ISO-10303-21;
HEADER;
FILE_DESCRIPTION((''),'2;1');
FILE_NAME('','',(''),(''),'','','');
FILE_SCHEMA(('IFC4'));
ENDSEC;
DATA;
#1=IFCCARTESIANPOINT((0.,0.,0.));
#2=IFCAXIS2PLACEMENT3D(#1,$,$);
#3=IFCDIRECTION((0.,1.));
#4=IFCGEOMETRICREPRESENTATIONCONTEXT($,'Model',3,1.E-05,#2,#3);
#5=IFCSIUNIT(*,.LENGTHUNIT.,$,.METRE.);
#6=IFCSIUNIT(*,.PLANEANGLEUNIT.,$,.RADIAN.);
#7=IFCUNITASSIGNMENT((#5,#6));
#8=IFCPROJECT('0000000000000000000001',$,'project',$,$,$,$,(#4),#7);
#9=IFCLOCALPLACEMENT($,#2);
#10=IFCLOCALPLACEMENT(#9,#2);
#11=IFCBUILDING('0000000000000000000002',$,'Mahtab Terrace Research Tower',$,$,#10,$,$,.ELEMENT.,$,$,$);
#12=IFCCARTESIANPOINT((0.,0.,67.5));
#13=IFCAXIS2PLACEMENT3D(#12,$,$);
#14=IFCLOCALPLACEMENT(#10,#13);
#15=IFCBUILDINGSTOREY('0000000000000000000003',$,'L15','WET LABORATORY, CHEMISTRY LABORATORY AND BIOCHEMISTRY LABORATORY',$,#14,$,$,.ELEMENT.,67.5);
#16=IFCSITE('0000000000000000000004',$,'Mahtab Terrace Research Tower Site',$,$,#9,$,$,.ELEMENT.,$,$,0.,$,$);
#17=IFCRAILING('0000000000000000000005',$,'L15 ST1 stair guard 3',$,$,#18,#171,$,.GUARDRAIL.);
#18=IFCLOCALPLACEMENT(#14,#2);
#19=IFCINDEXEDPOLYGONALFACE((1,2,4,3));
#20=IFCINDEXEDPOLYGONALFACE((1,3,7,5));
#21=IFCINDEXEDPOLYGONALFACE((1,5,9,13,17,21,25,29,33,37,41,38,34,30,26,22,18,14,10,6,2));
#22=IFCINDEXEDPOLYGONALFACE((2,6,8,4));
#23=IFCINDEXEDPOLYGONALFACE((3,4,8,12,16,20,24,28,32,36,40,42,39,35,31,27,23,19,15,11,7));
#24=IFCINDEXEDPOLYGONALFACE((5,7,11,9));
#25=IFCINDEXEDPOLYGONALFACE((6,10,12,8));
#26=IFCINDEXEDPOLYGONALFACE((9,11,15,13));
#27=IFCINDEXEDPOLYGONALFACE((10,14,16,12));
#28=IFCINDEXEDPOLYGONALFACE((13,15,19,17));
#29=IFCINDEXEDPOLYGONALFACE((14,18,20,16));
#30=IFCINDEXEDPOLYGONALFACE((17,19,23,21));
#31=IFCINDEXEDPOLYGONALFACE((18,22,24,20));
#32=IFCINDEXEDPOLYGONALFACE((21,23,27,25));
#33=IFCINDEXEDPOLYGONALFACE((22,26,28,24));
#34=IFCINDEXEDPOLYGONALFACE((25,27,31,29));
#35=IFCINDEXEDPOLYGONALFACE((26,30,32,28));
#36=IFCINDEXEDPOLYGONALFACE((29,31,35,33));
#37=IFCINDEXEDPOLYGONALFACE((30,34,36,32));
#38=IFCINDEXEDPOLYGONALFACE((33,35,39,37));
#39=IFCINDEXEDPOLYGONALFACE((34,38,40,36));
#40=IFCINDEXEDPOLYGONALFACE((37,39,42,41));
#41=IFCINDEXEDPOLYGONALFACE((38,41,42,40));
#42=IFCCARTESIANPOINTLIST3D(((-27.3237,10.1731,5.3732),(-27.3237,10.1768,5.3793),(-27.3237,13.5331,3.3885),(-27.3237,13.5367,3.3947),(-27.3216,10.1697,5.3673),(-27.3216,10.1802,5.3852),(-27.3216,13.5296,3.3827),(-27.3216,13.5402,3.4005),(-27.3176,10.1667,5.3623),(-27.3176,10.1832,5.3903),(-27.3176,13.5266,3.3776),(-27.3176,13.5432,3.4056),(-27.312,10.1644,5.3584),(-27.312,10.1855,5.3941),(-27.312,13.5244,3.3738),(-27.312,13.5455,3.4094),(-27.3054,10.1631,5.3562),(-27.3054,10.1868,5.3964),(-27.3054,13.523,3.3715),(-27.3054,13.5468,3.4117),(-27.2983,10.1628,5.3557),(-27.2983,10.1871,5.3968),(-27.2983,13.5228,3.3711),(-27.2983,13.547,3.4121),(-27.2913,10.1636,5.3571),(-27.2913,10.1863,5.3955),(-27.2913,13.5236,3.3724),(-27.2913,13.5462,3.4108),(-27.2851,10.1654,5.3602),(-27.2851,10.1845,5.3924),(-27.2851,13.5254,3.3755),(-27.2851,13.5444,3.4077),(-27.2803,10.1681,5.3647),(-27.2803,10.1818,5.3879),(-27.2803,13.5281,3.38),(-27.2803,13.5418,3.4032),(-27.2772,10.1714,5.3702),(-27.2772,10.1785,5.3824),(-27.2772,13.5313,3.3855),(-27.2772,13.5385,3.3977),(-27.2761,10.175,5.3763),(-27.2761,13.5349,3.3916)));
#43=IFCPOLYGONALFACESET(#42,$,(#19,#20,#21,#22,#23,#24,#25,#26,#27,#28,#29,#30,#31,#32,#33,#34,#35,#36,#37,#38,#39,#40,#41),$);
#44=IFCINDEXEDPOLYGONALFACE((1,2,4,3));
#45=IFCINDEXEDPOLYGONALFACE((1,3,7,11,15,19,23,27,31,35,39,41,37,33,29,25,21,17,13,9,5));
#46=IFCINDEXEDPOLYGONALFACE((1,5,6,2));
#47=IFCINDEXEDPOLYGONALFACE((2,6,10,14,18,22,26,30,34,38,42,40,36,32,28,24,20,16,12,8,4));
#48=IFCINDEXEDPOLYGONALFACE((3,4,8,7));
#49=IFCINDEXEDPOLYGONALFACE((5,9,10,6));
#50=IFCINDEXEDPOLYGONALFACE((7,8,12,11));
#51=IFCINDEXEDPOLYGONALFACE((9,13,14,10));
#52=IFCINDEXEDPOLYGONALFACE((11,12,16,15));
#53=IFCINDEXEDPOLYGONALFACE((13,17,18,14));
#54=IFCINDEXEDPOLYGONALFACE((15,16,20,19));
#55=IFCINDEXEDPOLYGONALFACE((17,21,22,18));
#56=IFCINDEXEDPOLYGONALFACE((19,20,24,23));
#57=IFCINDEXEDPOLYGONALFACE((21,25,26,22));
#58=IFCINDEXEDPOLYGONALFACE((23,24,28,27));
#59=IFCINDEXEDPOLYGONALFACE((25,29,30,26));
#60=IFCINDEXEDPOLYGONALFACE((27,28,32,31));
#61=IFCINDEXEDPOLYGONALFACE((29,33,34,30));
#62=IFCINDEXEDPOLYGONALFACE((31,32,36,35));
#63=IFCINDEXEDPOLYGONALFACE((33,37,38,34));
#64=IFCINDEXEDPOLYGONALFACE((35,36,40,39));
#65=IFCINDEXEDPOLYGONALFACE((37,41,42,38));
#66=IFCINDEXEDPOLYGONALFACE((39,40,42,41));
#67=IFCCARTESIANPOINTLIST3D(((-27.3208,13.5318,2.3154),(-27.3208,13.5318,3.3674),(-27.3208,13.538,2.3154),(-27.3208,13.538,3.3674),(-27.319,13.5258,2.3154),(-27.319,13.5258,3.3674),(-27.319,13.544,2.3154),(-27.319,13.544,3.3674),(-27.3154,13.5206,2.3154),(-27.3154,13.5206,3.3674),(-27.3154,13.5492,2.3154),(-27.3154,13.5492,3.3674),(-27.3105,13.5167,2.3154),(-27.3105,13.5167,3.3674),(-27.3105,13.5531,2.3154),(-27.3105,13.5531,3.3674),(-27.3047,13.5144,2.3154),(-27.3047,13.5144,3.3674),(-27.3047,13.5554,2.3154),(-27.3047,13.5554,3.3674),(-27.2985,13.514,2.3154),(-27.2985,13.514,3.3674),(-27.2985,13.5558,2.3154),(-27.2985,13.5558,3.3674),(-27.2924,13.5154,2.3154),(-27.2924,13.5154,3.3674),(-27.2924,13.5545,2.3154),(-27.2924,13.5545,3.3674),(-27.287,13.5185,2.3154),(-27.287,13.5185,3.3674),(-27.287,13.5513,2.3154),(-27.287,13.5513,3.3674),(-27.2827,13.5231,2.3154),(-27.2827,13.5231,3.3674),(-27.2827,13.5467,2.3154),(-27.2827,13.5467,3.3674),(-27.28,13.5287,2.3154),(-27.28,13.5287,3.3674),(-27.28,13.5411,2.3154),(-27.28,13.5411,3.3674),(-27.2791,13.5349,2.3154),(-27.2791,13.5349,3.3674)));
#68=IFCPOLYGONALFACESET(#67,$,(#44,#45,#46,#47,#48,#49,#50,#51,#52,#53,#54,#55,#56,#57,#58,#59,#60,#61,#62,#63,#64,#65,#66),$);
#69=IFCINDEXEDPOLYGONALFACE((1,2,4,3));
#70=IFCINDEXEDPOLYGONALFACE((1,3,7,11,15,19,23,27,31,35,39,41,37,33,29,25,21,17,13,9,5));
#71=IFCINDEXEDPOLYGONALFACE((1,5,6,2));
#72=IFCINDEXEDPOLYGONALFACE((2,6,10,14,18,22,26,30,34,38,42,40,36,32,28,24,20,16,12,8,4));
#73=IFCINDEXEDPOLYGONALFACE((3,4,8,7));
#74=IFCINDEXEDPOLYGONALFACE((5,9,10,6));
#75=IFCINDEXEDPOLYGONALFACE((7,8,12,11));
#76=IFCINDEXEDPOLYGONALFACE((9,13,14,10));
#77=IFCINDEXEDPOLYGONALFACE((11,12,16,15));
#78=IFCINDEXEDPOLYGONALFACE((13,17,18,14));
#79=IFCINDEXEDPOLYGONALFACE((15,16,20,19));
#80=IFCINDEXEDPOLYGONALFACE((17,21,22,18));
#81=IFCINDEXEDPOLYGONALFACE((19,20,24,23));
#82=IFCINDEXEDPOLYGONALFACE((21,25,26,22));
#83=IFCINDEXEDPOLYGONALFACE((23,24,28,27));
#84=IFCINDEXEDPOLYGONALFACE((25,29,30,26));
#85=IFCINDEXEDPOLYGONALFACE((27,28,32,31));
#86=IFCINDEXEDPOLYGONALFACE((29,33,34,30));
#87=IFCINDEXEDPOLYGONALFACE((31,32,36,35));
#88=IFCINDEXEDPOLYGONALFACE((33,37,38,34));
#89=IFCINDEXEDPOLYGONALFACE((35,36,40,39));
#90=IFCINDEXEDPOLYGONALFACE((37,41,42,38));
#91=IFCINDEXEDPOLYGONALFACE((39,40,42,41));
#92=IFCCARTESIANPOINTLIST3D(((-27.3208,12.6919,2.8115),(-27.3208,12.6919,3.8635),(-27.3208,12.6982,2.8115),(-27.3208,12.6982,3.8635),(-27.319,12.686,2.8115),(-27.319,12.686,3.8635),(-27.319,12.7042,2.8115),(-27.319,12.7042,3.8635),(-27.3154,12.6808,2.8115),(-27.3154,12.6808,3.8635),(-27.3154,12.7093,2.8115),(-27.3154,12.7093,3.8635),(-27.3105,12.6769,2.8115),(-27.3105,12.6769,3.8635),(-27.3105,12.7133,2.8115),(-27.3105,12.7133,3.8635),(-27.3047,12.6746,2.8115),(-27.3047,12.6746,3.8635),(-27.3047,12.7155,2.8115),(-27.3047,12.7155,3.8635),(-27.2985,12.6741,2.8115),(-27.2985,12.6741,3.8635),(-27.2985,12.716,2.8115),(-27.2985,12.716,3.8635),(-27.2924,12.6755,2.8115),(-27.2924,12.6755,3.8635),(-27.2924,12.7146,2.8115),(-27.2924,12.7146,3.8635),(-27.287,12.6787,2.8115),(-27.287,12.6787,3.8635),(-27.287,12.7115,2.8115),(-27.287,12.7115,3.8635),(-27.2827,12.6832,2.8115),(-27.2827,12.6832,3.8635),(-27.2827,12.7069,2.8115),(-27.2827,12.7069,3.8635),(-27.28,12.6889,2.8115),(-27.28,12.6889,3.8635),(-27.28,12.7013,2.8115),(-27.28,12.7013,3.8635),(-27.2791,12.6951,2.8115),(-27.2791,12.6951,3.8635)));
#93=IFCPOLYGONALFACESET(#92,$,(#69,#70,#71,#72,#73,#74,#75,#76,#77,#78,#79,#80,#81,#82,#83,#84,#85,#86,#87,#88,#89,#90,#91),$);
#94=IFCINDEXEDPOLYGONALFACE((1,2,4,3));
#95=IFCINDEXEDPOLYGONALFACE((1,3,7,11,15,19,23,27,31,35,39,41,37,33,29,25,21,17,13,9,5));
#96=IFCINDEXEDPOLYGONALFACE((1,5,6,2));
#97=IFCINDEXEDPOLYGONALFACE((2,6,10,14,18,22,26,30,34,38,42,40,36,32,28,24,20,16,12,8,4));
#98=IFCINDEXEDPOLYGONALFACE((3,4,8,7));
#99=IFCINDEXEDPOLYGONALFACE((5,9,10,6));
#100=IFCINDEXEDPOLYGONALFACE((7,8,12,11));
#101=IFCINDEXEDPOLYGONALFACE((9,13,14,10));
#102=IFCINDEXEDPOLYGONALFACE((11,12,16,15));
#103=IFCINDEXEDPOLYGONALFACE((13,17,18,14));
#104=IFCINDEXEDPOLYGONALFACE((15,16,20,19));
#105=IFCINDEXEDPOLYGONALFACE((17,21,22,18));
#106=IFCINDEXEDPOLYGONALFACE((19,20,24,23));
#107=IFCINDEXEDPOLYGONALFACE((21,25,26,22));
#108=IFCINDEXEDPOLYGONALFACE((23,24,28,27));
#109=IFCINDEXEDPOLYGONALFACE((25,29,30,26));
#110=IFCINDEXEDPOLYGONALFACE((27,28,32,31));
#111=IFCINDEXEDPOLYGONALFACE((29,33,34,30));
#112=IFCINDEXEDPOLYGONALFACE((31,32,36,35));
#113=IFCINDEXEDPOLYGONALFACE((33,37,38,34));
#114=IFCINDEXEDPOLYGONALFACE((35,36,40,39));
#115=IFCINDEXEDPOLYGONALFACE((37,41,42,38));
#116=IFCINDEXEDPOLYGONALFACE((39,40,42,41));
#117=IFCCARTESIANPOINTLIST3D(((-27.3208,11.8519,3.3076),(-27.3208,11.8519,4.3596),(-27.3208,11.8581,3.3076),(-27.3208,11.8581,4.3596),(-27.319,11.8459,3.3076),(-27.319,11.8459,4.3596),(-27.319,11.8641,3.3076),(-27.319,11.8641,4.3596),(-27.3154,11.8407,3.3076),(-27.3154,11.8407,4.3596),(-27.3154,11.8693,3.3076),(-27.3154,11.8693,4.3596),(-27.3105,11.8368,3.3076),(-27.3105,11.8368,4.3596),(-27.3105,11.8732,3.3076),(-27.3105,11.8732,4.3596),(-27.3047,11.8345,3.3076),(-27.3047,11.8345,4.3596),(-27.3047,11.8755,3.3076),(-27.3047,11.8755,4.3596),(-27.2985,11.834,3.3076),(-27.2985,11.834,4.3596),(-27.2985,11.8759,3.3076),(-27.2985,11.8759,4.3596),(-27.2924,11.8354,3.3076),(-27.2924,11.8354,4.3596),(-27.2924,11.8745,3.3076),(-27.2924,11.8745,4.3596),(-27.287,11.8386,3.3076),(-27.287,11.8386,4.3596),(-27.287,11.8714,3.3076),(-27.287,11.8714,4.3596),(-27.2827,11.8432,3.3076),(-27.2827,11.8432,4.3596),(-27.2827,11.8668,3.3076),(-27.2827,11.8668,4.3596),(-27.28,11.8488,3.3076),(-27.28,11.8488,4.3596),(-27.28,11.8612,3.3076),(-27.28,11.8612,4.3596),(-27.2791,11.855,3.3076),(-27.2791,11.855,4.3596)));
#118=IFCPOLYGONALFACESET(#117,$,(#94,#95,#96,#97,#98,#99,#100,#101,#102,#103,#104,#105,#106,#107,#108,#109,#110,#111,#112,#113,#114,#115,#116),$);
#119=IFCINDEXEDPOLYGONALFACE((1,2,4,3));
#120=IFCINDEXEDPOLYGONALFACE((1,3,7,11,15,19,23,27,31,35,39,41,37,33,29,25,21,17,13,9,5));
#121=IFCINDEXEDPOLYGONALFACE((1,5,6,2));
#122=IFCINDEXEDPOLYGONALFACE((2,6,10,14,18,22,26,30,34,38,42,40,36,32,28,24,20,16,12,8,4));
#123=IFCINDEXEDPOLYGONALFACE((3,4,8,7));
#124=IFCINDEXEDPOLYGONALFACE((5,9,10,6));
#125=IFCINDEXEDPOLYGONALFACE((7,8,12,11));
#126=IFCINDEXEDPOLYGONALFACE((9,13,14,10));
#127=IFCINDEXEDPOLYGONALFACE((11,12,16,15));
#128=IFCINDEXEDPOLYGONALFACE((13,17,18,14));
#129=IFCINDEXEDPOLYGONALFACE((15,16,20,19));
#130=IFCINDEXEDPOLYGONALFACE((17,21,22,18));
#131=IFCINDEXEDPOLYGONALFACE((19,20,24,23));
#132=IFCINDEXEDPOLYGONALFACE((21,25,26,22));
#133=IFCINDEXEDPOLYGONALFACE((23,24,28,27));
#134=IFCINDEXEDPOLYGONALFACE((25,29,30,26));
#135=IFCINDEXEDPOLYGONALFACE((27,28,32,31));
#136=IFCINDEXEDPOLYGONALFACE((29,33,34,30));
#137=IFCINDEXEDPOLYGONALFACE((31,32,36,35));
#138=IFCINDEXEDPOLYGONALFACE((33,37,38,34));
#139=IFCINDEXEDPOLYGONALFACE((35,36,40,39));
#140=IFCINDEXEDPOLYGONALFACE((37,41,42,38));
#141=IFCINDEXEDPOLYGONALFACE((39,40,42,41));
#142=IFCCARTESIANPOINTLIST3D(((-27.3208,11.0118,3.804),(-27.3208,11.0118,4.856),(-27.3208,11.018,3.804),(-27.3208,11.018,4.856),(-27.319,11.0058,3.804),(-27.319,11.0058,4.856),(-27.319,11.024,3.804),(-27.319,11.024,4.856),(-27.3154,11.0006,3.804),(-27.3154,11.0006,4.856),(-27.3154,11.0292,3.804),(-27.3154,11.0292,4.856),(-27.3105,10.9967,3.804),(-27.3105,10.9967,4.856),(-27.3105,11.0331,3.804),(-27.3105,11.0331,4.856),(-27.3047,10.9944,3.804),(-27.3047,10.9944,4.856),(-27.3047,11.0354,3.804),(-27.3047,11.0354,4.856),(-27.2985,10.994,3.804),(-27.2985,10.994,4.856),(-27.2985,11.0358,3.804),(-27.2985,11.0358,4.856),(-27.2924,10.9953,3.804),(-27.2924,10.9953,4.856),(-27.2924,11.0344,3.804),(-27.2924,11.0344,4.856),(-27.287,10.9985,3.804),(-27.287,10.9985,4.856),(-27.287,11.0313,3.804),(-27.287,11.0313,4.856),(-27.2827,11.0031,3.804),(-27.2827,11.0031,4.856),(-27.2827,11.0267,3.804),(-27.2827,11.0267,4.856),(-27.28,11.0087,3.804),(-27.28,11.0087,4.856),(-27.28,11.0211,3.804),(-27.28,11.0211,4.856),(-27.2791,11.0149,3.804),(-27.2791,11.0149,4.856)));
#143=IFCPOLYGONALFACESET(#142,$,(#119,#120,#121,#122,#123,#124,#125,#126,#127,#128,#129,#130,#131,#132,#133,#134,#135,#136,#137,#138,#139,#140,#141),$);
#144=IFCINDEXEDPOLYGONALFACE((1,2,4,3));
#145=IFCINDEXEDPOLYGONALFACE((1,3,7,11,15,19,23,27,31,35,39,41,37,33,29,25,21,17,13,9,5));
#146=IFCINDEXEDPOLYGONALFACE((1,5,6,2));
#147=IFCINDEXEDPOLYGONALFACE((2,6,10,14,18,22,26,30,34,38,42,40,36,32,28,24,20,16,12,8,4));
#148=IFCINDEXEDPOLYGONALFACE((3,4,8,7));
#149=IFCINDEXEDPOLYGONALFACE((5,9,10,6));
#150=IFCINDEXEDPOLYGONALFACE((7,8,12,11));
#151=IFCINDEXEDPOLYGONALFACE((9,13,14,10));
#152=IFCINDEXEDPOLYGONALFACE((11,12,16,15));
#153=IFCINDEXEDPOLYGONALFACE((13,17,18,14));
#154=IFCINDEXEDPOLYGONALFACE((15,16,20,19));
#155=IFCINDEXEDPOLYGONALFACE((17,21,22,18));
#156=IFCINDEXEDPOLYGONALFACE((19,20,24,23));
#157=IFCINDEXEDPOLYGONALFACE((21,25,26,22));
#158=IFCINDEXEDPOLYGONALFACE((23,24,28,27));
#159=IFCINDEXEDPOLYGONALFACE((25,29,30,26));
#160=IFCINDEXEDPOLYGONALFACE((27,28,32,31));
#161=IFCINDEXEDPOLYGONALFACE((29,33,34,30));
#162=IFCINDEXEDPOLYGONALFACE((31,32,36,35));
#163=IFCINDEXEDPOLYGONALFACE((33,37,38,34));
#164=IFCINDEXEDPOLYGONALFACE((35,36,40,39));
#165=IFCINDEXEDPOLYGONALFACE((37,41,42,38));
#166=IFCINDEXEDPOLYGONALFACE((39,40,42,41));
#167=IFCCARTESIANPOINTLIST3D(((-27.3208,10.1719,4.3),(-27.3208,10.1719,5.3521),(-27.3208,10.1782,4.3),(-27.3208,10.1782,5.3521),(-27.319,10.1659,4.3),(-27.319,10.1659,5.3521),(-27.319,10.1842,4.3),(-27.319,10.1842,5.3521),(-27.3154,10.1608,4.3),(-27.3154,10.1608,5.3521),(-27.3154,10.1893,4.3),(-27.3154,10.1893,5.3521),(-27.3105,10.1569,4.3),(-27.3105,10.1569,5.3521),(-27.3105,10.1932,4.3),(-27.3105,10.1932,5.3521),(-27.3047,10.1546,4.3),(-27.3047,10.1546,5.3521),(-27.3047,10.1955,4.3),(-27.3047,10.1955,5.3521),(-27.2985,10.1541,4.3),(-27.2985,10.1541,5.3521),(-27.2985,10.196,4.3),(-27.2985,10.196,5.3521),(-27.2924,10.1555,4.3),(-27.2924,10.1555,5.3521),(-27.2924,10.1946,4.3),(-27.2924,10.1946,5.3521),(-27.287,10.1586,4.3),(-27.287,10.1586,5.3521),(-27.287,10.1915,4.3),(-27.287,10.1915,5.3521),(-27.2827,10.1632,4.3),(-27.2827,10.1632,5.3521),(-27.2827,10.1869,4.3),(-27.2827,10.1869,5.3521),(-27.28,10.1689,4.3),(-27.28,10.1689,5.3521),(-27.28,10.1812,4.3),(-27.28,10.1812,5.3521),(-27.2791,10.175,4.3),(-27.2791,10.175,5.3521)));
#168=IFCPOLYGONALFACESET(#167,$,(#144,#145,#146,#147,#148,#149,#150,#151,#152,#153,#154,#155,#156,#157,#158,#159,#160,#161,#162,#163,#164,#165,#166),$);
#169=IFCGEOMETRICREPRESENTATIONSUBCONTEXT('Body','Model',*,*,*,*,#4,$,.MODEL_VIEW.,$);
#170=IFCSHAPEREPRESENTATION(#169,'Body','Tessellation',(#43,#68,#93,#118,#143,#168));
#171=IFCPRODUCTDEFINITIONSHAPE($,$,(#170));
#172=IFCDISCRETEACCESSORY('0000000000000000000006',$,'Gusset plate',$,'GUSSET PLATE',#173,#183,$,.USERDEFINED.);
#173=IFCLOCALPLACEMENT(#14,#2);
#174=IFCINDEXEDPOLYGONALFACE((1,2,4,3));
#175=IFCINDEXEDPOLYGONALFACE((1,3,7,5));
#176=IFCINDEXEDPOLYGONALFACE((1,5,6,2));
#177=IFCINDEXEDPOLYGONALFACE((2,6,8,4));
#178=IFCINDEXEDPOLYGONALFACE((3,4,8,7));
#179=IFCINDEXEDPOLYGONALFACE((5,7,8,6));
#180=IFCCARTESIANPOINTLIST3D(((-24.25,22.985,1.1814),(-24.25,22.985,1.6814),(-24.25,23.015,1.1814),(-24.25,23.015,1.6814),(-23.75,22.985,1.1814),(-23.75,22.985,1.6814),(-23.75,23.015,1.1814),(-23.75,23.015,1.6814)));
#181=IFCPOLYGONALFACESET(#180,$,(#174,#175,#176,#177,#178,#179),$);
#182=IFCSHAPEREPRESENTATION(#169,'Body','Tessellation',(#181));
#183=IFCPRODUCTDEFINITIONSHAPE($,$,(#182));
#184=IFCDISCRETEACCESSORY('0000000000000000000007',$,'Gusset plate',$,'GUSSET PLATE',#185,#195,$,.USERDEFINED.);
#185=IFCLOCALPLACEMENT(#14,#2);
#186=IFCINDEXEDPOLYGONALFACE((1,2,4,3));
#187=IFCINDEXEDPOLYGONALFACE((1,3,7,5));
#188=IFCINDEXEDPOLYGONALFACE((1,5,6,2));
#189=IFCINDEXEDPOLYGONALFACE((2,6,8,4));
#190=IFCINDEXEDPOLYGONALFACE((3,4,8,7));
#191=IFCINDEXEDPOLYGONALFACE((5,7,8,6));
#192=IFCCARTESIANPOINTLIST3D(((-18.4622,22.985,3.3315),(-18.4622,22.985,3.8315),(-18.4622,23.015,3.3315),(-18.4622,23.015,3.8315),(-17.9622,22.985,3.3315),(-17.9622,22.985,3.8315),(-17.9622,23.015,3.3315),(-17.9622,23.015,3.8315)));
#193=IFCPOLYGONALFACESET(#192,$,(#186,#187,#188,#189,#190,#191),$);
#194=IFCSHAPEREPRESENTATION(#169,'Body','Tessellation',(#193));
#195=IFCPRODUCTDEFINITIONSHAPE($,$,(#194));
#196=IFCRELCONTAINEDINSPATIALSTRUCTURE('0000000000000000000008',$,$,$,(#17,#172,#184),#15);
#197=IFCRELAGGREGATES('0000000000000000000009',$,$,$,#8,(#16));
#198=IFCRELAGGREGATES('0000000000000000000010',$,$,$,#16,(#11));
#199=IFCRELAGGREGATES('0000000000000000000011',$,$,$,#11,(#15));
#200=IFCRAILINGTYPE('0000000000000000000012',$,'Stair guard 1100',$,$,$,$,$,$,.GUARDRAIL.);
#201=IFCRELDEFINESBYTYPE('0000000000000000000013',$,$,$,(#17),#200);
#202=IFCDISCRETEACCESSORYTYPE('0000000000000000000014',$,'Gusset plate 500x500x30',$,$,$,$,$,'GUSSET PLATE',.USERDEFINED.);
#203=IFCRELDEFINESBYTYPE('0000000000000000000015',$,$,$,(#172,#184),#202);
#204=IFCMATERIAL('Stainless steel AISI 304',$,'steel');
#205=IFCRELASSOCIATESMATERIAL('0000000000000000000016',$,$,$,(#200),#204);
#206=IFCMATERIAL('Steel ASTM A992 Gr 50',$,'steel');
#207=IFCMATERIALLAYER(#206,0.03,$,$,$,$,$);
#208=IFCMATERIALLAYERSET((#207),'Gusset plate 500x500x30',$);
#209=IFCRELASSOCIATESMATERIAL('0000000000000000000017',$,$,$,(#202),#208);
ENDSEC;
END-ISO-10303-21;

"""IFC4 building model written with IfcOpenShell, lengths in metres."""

from ifc_helpers import new_model, si_unit, direction, frame, origin, origin_2d, place, context, subcontext, project, spatial, rectangle, circle, extrude, material, layer, layer_set, type_object, element, save


model = new_model("IFC4")

# Units and contexts
model_context = context("Model", 3, precision=1e-05, world=origin(), true_north=direction((0.0, 1.0)))
body_context = subcontext(model_context, "Body", "Model", "MODEL_VIEW")
ifc_project = project(units=[si_unit("LENGTHUNIT", "METRE"), si_unit("PLANEANGLEUNIT", "RADIAN")], contexts=[model_context])

# Site, building, storey
site_placement = place(None, origin())
site = spatial("IfcSite", under=ifc_project, at=site_placement, Name="Mahtab Terrace Research Tower Site", CompositionType="ELEMENT", RefElevation=0.0)
building_placement = place(site_placement, origin())
building = spatial("IfcBuilding", under=site, at=building_placement, Name="Mahtab Terrace Research Tower", CompositionType="ELEMENT")
storey_placement = place(building_placement, frame((0.0, 0.0, 67.5)))
storey = spatial("IfcBuildingStorey", under=building, at=storey_placement, Name="L15", Description="WET LABORATORY, CHEMISTRY LABORATORY AND BIOCHEMISTRY LABORATORY", CompositionType="ELEMENT", Elevation=67.5)

# Shared definitions
ifc_material_1 = material(Name="Steel ASTM A992 Gr 50", Category="steel")

# Shared definitions
ifc_material_2 = material(Name="Stainless steel AISI 304", Category="steel")

# Railing
railing_type = type_object("IfcRailingType", Name="Stair guard 1100", PredefinedType="GUARDRAIL", material=ifc_material_2)
railing_1_placement = place(storey_placement, frame((-27.3, 13.5349, 2.3154)))
element("IfcRailing", 1, at=railing_1_placement, inside=storey, type_object=railing_type, Name="L15 ST1 stair guard 3", PredefinedType="GUARDRAIL", context=body_context, shape_type="SweptSolid", body=[
    extrude(circle(Radius=0.0239, at=origin_2d()), frame((0.0, 0.0, 1.0762), z_axis=(0.0, -0.861011, 0.508586), x_axis=(1.0, 0.0, 0.0)), (0.0, 0.0, 1.0), 3.9023),
    extrude(circle(Radius=0.021, at=origin_2d()), origin(), (0.0, 0.0, 1.0), 1.052),
    extrude(circle(Radius=0.021, at=origin_2d()), frame((0.0, -0.8398, 0.4961)), (0.0, 0.0, 1.0), 1.052),
    extrude(circle(Radius=0.021, at=origin_2d()), frame((0.0, -1.6799, 0.9922)), (0.0, 0.0, 1.0), 1.052),
    extrude(circle(Radius=0.021, at=origin_2d()), frame((0.0, -2.52, 1.4885)), (0.0, 0.0, 1.0), 1.052),
    extrude(circle(Radius=0.021, at=origin_2d()), frame((0.0, -3.3599, 1.9846)), (0.0, 0.0, 1.0), 1.052),
])

# Discrete accessories
ifc_layer_1 = layer(ifc_material_1, 0.03)
ifc_layer_set_1 = layer_set([ifc_layer_1], Name="Gusset plate 500x500x30")
discrete_accessory_type = type_object("IfcDiscreteAccessoryType", Name="Gusset plate 500x500x30", ElementType="GUSSET PLATE", PredefinedType="USERDEFINED", material=ifc_layer_set_1)
for number, where, z_axis, x_axis, name in (
    (2, (-24.0, 23.0, 1.1814), (0.0, 0.0, 1.0), (1.0, 0.0, 0.0), "Gusset plate"),
    (3, (-18.2122, 23.0, 3.3315), (0.0, 0.0, 1.0), (1.0, 0.0, 0.0), "Gusset plate"),
):
    element("IfcDiscreteAccessory", number, at=place(storey_placement, frame(where, z_axis=z_axis, x_axis=x_axis)), inside=storey, type_object=discrete_accessory_type, Name=name, ObjectType="GUSSET PLATE", PredefinedType="USERDEFINED", context=body_context, shape_type="SweptSolid", body=[
        extrude(rectangle(XDim=0.5, YDim=0.03, at=origin_2d()), origin(), (0.0, 0.0, 1.0), 0.5),
    ])

save(model, "model.ifc")
